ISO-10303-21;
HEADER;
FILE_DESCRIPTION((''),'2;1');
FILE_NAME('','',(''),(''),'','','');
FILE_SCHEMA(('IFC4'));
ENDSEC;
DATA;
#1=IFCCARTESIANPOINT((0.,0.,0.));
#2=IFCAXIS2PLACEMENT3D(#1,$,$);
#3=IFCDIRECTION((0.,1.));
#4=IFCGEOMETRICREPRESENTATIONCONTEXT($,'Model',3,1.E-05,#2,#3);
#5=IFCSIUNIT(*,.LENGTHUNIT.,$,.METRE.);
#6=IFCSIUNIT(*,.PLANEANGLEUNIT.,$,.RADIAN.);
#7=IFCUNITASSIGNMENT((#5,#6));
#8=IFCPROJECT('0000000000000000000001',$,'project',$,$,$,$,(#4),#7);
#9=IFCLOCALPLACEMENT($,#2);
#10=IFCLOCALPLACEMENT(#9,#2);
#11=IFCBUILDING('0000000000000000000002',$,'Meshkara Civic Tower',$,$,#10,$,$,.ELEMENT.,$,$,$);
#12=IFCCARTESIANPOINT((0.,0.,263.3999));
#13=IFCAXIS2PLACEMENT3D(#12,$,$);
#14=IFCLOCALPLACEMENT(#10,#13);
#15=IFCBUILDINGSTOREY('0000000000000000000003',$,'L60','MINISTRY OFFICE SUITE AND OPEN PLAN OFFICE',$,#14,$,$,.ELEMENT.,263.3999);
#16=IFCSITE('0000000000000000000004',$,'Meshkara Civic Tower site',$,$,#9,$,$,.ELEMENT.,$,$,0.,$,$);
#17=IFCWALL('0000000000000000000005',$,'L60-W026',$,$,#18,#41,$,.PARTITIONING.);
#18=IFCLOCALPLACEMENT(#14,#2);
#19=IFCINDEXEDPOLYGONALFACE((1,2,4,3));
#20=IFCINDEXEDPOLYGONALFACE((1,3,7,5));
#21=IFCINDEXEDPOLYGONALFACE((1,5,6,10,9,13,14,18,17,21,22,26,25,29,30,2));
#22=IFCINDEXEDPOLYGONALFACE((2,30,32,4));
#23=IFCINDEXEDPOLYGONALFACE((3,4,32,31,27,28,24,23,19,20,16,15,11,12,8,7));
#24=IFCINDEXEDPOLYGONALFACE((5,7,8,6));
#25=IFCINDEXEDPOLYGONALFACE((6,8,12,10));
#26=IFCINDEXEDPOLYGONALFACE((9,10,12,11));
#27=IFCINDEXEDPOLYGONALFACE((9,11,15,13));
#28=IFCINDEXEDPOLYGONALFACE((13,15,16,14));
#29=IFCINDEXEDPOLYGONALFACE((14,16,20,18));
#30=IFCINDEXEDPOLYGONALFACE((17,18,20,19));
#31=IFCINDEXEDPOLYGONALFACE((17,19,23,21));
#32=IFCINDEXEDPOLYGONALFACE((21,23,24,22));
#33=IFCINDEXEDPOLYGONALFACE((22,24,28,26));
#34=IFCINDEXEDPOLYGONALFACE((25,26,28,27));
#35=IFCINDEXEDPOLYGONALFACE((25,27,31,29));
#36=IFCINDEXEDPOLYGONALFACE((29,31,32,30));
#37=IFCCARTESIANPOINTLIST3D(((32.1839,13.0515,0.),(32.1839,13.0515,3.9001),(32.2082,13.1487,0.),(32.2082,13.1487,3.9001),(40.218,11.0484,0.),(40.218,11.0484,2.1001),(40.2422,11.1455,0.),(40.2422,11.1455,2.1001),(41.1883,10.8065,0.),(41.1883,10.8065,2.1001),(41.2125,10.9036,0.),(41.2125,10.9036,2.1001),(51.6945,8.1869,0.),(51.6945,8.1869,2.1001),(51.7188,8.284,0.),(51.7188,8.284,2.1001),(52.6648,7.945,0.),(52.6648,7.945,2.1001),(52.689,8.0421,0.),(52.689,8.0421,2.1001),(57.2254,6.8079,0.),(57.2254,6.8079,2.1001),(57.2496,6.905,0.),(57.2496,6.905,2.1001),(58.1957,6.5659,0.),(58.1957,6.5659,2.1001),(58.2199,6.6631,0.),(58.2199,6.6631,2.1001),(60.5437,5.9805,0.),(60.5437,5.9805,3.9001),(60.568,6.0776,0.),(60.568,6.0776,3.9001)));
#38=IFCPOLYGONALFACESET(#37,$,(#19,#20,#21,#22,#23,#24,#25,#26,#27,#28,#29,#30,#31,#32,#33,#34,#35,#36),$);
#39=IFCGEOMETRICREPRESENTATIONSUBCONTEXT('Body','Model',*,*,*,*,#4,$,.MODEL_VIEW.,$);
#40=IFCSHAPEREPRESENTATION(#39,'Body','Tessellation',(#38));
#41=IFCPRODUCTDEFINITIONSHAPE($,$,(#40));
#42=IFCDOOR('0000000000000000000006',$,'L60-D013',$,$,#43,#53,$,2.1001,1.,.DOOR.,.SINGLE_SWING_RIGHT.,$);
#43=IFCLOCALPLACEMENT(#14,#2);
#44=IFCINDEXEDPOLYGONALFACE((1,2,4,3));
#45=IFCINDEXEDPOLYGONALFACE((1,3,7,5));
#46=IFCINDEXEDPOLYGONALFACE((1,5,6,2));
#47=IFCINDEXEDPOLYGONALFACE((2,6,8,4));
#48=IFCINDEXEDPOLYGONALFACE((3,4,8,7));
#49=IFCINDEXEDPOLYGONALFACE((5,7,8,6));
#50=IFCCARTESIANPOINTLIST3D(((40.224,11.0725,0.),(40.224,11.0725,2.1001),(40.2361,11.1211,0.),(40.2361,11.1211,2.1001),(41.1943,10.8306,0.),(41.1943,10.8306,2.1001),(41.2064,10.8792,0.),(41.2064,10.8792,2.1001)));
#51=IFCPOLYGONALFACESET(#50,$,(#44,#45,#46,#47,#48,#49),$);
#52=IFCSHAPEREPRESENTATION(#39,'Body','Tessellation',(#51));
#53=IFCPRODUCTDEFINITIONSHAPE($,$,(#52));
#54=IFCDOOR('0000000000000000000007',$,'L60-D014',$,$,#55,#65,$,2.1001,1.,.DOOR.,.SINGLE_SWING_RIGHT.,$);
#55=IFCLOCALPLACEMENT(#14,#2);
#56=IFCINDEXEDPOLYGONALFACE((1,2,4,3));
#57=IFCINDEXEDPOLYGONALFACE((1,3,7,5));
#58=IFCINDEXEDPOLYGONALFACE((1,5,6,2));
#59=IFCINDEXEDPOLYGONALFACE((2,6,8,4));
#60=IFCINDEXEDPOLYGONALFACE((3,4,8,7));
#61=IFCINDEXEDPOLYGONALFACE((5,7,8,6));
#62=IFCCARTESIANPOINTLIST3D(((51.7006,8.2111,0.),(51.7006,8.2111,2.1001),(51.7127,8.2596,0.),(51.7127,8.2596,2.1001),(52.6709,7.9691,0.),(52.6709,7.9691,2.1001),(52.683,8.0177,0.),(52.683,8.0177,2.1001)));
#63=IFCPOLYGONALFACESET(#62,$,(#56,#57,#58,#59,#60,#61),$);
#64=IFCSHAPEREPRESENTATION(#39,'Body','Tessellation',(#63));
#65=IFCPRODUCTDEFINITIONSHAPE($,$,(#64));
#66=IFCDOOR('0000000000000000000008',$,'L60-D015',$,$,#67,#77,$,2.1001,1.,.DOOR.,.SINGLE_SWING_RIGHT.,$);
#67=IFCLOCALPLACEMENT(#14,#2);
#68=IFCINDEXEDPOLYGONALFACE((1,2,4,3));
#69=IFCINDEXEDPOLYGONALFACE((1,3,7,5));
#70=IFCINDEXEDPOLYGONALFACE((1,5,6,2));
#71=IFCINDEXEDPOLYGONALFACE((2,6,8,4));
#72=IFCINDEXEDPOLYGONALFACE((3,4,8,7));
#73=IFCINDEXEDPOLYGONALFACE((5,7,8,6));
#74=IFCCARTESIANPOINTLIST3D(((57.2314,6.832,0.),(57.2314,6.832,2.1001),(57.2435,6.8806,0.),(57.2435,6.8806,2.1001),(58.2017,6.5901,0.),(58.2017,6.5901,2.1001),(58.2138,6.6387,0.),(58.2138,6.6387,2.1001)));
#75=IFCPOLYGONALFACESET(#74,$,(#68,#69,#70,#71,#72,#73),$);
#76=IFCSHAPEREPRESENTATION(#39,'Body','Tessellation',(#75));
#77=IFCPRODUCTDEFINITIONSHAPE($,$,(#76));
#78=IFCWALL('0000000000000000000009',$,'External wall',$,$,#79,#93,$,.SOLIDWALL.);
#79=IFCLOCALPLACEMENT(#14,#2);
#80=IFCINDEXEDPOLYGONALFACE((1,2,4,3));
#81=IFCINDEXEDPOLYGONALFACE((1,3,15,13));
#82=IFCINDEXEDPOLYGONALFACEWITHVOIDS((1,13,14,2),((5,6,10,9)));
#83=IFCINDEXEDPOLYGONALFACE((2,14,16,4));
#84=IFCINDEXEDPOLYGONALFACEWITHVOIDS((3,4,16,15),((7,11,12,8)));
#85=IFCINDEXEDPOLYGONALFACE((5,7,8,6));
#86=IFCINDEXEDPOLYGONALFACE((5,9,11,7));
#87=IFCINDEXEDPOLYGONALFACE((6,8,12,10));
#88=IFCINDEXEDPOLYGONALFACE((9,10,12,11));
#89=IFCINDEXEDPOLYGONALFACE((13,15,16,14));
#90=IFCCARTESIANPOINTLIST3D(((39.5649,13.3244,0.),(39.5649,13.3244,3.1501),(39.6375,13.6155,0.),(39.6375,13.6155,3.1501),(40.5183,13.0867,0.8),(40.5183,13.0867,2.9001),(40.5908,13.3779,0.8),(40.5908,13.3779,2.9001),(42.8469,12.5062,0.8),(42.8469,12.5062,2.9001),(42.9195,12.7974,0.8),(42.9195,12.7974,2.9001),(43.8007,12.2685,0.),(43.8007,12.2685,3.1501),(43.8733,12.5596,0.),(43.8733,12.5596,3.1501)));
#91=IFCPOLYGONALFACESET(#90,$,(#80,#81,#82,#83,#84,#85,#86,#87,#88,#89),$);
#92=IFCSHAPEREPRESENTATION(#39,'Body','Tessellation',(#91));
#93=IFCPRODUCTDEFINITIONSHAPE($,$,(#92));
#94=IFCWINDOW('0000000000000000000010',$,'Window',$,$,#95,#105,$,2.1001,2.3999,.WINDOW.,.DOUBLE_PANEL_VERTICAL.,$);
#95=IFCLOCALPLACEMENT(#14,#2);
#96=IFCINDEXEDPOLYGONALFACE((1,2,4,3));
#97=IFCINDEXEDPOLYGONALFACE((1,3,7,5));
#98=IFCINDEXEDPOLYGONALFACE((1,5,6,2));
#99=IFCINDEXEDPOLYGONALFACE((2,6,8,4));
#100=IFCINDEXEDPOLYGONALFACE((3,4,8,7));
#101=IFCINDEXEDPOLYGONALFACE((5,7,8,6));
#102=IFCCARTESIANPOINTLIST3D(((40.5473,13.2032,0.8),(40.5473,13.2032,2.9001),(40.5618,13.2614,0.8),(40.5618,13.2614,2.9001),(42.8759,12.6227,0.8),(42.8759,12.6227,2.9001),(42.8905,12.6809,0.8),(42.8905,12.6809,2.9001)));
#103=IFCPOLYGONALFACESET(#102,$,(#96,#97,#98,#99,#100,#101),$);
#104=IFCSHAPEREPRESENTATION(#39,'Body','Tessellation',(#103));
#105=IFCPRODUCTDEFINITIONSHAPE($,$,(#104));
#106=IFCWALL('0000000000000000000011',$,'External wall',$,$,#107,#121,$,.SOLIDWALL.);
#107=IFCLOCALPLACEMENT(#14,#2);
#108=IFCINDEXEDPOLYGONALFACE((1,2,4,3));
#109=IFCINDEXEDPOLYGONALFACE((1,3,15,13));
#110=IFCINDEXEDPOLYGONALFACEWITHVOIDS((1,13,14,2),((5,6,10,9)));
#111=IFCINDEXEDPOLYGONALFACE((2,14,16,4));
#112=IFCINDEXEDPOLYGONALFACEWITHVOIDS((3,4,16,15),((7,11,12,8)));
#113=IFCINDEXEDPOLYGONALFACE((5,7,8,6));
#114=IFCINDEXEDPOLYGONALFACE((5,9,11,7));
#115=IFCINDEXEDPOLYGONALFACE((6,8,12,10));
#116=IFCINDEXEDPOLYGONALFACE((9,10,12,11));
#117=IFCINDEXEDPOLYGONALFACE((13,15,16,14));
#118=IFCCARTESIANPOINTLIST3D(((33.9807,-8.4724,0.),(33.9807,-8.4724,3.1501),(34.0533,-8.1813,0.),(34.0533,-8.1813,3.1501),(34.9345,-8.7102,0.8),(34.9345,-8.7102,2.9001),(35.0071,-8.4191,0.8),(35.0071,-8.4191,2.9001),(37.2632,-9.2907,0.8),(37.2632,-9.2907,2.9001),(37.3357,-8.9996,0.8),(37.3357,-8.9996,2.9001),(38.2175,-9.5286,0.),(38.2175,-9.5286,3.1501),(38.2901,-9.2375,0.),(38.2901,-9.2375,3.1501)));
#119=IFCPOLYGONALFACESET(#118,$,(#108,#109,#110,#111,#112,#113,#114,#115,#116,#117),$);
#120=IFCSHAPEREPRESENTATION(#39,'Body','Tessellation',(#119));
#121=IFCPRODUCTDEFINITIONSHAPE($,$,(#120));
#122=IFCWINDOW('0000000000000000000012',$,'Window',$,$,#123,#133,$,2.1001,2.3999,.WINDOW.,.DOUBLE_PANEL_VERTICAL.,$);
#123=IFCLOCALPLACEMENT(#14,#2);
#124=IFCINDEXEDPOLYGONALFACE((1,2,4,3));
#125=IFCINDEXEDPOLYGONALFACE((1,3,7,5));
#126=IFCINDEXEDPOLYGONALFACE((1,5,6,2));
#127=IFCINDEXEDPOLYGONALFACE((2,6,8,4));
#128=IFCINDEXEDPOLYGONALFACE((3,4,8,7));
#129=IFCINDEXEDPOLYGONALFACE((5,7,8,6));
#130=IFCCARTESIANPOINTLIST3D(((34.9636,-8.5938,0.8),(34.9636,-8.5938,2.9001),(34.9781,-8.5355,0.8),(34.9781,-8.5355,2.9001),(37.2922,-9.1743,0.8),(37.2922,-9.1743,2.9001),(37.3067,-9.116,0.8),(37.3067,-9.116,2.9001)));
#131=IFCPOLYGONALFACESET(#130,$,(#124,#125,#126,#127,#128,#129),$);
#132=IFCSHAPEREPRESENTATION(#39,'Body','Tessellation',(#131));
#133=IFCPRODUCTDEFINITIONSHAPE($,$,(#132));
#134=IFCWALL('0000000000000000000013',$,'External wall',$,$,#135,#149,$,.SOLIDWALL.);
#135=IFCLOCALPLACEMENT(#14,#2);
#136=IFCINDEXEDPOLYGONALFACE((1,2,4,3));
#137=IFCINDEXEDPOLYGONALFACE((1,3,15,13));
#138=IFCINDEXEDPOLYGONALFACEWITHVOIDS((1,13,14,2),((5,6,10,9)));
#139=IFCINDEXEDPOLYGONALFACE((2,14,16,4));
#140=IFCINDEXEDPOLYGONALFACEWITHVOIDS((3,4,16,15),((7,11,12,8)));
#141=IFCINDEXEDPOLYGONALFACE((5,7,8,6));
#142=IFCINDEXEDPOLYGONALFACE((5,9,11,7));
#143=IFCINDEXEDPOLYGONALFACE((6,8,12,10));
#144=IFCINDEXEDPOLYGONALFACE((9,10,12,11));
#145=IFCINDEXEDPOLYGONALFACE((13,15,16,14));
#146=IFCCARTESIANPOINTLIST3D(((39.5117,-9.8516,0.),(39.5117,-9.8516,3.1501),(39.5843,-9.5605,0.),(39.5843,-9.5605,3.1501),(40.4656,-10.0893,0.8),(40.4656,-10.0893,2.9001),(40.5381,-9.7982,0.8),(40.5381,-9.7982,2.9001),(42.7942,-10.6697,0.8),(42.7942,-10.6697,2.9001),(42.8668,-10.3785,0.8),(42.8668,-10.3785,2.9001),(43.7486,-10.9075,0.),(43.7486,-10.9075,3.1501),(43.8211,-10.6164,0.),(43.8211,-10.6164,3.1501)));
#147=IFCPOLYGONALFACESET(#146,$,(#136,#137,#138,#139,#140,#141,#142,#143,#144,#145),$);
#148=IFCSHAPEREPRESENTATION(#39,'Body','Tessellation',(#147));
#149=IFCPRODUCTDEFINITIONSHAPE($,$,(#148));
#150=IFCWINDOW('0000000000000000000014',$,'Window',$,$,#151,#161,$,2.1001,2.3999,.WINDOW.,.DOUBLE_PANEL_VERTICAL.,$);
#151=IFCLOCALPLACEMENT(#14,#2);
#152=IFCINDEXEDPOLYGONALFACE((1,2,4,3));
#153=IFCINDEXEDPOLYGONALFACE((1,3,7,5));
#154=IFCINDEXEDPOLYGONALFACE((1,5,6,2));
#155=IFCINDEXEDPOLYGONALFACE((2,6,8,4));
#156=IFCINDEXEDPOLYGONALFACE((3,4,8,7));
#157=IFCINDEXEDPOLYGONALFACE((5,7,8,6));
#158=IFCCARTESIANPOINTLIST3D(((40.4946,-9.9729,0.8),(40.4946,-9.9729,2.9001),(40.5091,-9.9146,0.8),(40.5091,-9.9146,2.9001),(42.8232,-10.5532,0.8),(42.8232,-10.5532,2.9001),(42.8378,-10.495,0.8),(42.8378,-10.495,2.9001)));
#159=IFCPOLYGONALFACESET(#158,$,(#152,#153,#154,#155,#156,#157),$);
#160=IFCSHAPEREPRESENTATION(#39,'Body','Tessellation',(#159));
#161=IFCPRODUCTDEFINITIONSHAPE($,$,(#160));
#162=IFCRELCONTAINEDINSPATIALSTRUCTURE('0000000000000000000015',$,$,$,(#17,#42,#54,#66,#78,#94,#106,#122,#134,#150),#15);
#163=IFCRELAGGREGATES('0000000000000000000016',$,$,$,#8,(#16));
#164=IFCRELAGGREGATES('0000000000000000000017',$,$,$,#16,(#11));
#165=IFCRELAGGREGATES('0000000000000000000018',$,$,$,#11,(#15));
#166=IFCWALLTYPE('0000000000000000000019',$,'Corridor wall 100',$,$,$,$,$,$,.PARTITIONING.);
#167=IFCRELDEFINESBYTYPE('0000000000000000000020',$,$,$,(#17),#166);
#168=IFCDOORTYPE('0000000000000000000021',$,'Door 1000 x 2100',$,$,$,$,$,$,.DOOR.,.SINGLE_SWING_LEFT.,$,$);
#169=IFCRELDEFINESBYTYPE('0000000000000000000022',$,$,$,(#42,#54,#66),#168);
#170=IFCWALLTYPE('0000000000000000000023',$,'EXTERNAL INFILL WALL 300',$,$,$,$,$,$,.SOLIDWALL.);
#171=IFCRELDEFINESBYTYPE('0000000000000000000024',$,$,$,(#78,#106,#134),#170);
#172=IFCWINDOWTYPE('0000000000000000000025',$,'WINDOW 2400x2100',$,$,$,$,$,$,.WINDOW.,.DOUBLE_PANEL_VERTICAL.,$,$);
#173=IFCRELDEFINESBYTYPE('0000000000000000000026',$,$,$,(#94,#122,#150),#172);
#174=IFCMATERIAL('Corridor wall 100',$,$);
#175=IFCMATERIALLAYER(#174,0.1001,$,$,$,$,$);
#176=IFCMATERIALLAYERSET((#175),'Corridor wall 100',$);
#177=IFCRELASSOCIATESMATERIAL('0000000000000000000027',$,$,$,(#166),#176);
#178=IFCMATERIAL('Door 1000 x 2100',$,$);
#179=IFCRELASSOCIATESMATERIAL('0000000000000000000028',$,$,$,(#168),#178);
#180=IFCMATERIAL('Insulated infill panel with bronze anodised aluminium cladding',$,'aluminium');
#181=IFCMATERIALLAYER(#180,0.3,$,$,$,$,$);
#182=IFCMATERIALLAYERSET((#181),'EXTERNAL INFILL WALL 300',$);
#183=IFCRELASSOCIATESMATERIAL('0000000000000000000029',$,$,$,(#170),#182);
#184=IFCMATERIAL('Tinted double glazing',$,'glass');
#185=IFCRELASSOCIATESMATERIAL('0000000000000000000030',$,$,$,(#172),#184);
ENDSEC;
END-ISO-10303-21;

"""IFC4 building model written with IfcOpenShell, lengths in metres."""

from ifc_helpers import new_model, si_unit, direction, frame, frame_2d, origin, place, context, subcontext, project, spatial, rectangle, extrude, material, layer, layer_set, type_object, element, fill, save


model = new_model("IFC4")

# Units and contexts
model_context = context("Model", 3, precision=1e-05, world=origin(), true_north=direction((0.0, 1.0)))
body_context = subcontext(model_context, "Body", "Model", "MODEL_VIEW")
ifc_project = project(units=[si_unit("LENGTHUNIT", "METRE"), si_unit("PLANEANGLEUNIT", "RADIAN")], contexts=[model_context])

# Site, building, storey
site_placement = place(None, origin())
site = spatial("IfcSite", under=ifc_project, at=site_placement, Name="Meshkara Civic Tower site", CompositionType="ELEMENT", RefElevation=0.0)
building_placement = place(site_placement, origin())
building = spatial("IfcBuilding", under=site, at=building_placement, Name="Meshkara Civic Tower", CompositionType="ELEMENT")
storey_placement = place(building_placement, frame((0.0, 0.0, 263.3999)))
storey = spatial("IfcBuildingStorey", under=building, at=storey_placement, Name="L60", Description="MINISTRY OFFICE SUITE AND OPEN PLAN OFFICE", CompositionType="ELEMENT", Elevation=263.3999)

# Wall, openings, doors
ifc_material_1 = material(Name="Corridor wall 100")
ifc_layer_1 = layer(ifc_material_1, 0.1001)
ifc_layer_set_1 = layer_set([ifc_layer_1], Name="Corridor wall 100")
wall_type_1 = type_object("IfcWallType", Name="Corridor wall 100", PredefinedType="PARTITIONING", material=ifc_layer_set_1)
wall_1_placement = place(storey_placement, frame((32.196, 13.1001, 0.0), z_axis=(0.0, 0.0, 1.0), x_axis=(0.970295, -0.241926, 0.0)))
wall_1 = element("IfcWall", 1, at=wall_1_placement, inside=storey, type_object=wall_type_1, Name="L60-W026", PredefinedType="PARTITIONING", context=body_context, shape_type="SweptSolid", body=[
    extrude(rectangle(XDim=29.228, YDim=0.1001, at=frame_2d((14.614, 0.0))), origin(), (0.0, 0.0, 1.0), 3.9001),
])
opening_1_placement = place(wall_1_placement, frame((8.28, 0.0, 0.0)))
opening_1 = element("IfcOpeningElement", 2, at=opening_1_placement, cuts=wall_1, PredefinedType="OPENING", context=body_context, shape_type="SweptSolid", body=[
    extrude(rectangle(XDim=1.0, YDim=2.1001, at=frame_2d((0.5, 1.05))), frame((0.0, 0.0601, 0.0), z_axis=(0.0, -1.0, 0.0), x_axis=(1.0, 0.0, 0.0)), (0.0, 0.0, 1.0), 0.1201),
])
opening_2_placement = place(wall_1_placement, frame((20.1079, 0.0, 0.0)))
opening_2 = element("IfcOpeningElement", 3, at=opening_2_placement, cuts=wall_1, PredefinedType="OPENING", context=body_context, shape_type="SweptSolid", body=[
    extrude(rectangle(XDim=1.0, YDim=2.1001, at=frame_2d((0.5, 1.05))), frame((0.0, 0.0601, 0.0), z_axis=(0.0, -1.0, 0.0), x_axis=(1.0, 0.0, 0.0)), (0.0, 0.0, 1.0), 0.1201),
])
opening_3_placement = place(wall_1_placement, frame((25.8081, 0.0, 0.0)))
opening_3 = element("IfcOpeningElement", 4, at=opening_3_placement, cuts=wall_1, PredefinedType="OPENING", context=body_context, shape_type="SweptSolid", body=[
    extrude(rectangle(XDim=1.0, YDim=2.1001, at=frame_2d((0.5, 1.05))), frame((0.0, 0.0601, 0.0), z_axis=(0.0, -1.0, 0.0), x_axis=(1.0, 0.0, 0.0)), (0.0, 0.0, 1.0), 0.1201),
])
ifc_material_2 = material(Name="Door 1000 x 2100")
door_type = type_object("IfcDoorType", Name="Door 1000 x 2100", OperationType="SINGLE_SWING_LEFT", PredefinedType="DOOR", material=ifc_material_2)
door_1_placement = place(opening_1_placement, origin())
door_1 = element("IfcDoor", 5, at=door_1_placement, inside=storey, type_object=door_type, Name="L60-D013", OperationType="SINGLE_SWING_RIGHT", OverallHeight=2.1001, OverallWidth=1.0, PredefinedType="DOOR", context=body_context, shape_type="SweptSolid", body=[
    extrude(rectangle(XDim=1.0, YDim=2.1001, at=frame_2d((0.5, 1.05))), frame((0.0, 0.0249, 0.0), z_axis=(0.0, -1.0, 0.0), x_axis=(1.0, 0.0, 0.0)), (0.0, 0.0, 1.0), 0.05),
])
fill(opening_1, door_1)
door_2_placement = place(opening_2_placement, origin())
door_2 = element("IfcDoor", 6, at=door_2_placement, inside=storey, type_object=door_type, Name="L60-D014", OperationType="SINGLE_SWING_RIGHT", OverallHeight=2.1001, OverallWidth=1.0, PredefinedType="DOOR", context=body_context, shape_type="SweptSolid", body=[
    extrude(rectangle(XDim=1.0, YDim=2.1001, at=frame_2d((0.5, 1.05))), frame((0.0, 0.0249, 0.0), z_axis=(0.0, -1.0, 0.0), x_axis=(1.0, 0.0, 0.0)), (0.0, 0.0, 1.0), 0.05),
])
fill(opening_2, door_2)
door_3_placement = place(opening_3_placement, origin())
door_3 = element("IfcDoor", 7, at=door_3_placement, inside=storey, type_object=door_type, Name="L60-D015", OperationType="SINGLE_SWING_RIGHT", OverallHeight=2.1001, OverallWidth=1.0, PredefinedType="DOOR", context=body_context, shape_type="SweptSolid", body=[
    extrude(rectangle(XDim=1.0, YDim=2.1001, at=frame_2d((0.5, 1.05))), frame((0.0, 0.0249, 0.0), z_axis=(0.0, -1.0, 0.0), x_axis=(1.0, 0.0, 0.0)), (0.0, 0.0, 1.0), 0.05),
])
fill(opening_3, door_3)

# Walls, openings, windows
ifc_material_3 = material(Name="Insulated infill panel with bronze anodised aluminium cladding", Category="aluminium")
ifc_layer_2 = layer(ifc_material_3, 0.3)
ifc_layer_set_2 = layer_set([ifc_layer_2], Name="EXTERNAL INFILL WALL 300")
wall_type_2 = type_object("IfcWallType", Name="EXTERNAL INFILL WALL 300", PredefinedType="SOLIDWALL", material=ifc_layer_set_2)
wall_2_placement = place(storey_placement, frame((43.8369, 12.4141, 0.0), z_axis=(0.0, 0.0, 1.0), x_axis=(-0.970307, 0.241878, 0.0)))
wall_2 = element("IfcWall", 8, at=wall_2_placement, inside=storey, type_object=wall_type_2, Name="External wall", PredefinedType="SOLIDWALL", context=body_context, shape_type="SweptSolid", body=[
    extrude(rectangle(XDim=4.3655, YDim=0.3, at=frame_2d((2.1826, 0.0))), origin(), (0.0, 0.0, 1.0), 3.1501),
])
opening_4_placement = place(wall_2_placement, frame((0.9829, 0.0, 0.8)))
opening_4 = element("IfcOpeningElement", 9, at=opening_4_placement, cuts=wall_2, PredefinedType="OPENING", context=body_context, shape_type="SweptSolid", body=[
    extrude(rectangle(XDim=2.3999, YDim=2.1001, at=frame_2d((1.2, 1.05))), frame((0.0, 0.1599, 0.0), z_axis=(0.0, -1.0, 0.0), x_axis=(1.0, 0.0, 0.0)), (0.0, 0.0, 1.0), 0.3201),
])
ifc_material_4 = material(Name="Tinted double glazing", Category="glass")
window_type = type_object("IfcWindowType", Name="WINDOW 2400x2100", PartitioningType="DOUBLE_PANEL_VERTICAL", PredefinedType="WINDOW", material=ifc_material_4)
window_1_placement = place(opening_4_placement, origin())
window_1 = element("IfcWindow", 10, at=window_1_placement, inside=storey, type_object=window_type, Name="Window", OverallHeight=2.1001, OverallWidth=2.3999, PartitioningType="DOUBLE_PANEL_VERTICAL", PredefinedType="WINDOW", context=body_context, shape_type="SweptSolid", body=[
    extrude(rectangle(XDim=2.3999, YDim=2.1001, at=frame_2d((1.2, 1.05))), frame((0.0, 0.03, 0.0), z_axis=(0.0, -1.0, 0.0), x_axis=(1.0, 0.0, 0.0)), (0.0, 0.0, 1.0), 0.0601),
])
fill(opening_4, window_1)
wall_3_placement = place(storey_placement, frame((34.0171, -8.3269, 0.0), z_axis=(0.0, 0.0, 1.0), x_axis=(0.970307, -0.241878, 0.0)))
wall_3 = element("IfcWall", 11, at=wall_3_placement, inside=storey, type_object=wall_type_2, Name="External wall", PredefinedType="SOLIDWALL", context=body_context, shape_type="SweptSolid", body=[
    extrude(rectangle(XDim=4.3665, YDim=0.3, at=frame_2d((2.1831, 0.0))), origin(), (0.0, 0.0, 1.0), 3.1501),
])
opening_5_placement = place(wall_3_placement, frame((0.9829, 0.0, 0.8)))
opening_5 = element("IfcOpeningElement", 12, at=opening_5_placement, cuts=wall_3, PredefinedType="OPENING", context=body_context, shape_type="SweptSolid", body=[
    extrude(rectangle(XDim=2.3999, YDim=2.1001, at=frame_2d((1.2, 1.05))), frame((0.0, 0.1599, 0.0), z_axis=(0.0, -1.0, 0.0), x_axis=(1.0, 0.0, 0.0)), (0.0, 0.0, 1.0), 0.3201),
])
window_2_placement = place(opening_5_placement, origin())
window_2 = element("IfcWindow", 13, at=window_2_placement, inside=storey, type_object=window_type, Name="Window", OverallHeight=2.1001, OverallWidth=2.3999, PartitioningType="DOUBLE_PANEL_VERTICAL", PredefinedType="WINDOW", context=body_context, shape_type="SweptSolid", body=[
    extrude(rectangle(XDim=2.3999, YDim=2.1001, at=frame_2d((1.2, 1.05))), frame((0.0, 0.03, 0.0), z_axis=(0.0, -1.0, 0.0), x_axis=(1.0, 0.0, 0.0)), (0.0, 0.0, 1.0), 0.0601),
])
fill(opening_5, window_2)
wall_4_placement = place(storey_placement, frame((39.5481, -9.7061, 0.0), z_axis=(0.0, 0.0, 1.0), x_axis=(0.97032, -0.241825, 0.0)))
wall_4 = element("IfcWall", 14, at=wall_4_placement, inside=storey, type_object=wall_type_2, Name="External wall", PredefinedType="SOLIDWALL", context=body_context, shape_type="SweptSolid", body=[
    extrude(rectangle(XDim=4.3665, YDim=0.3, at=frame_2d((2.1831, 0.0))), origin(), (0.0, 0.0, 1.0), 3.1501),
])
opening_6_placement = place(wall_4_placement, frame((0.9829, 0.0, 0.8)))
opening_6 = element("IfcOpeningElement", 15, at=opening_6_placement, cuts=wall_4, PredefinedType="OPENING", context=body_context, shape_type="SweptSolid", body=[
    extrude(rectangle(XDim=2.3999, YDim=2.1001, at=frame_2d((1.2, 1.05))), frame((0.0, 0.1599, 0.0), z_axis=(0.0, -1.0, 0.0), x_axis=(1.0, 0.0, 0.0)), (0.0, 0.0, 1.0), 0.3201),
])
window_3_placement = place(opening_6_placement, origin())
window_3 = element("IfcWindow", 16, at=window_3_placement, inside=storey, type_object=window_type, Name="Window", OverallHeight=2.1001, OverallWidth=2.3999, PartitioningType="DOUBLE_PANEL_VERTICAL", PredefinedType="WINDOW", context=body_context, shape_type="SweptSolid", body=[
    extrude(rectangle(XDim=2.3999, YDim=2.1001, at=frame_2d((1.2, 1.05))), frame((0.0, 0.03, 0.0), z_axis=(0.0, -1.0, 0.0), x_axis=(1.0, 0.0, 0.0)), (0.0, 0.0, 1.0), 0.0601),
])
fill(opening_6, window_3)

save(model, "model.ifc")
